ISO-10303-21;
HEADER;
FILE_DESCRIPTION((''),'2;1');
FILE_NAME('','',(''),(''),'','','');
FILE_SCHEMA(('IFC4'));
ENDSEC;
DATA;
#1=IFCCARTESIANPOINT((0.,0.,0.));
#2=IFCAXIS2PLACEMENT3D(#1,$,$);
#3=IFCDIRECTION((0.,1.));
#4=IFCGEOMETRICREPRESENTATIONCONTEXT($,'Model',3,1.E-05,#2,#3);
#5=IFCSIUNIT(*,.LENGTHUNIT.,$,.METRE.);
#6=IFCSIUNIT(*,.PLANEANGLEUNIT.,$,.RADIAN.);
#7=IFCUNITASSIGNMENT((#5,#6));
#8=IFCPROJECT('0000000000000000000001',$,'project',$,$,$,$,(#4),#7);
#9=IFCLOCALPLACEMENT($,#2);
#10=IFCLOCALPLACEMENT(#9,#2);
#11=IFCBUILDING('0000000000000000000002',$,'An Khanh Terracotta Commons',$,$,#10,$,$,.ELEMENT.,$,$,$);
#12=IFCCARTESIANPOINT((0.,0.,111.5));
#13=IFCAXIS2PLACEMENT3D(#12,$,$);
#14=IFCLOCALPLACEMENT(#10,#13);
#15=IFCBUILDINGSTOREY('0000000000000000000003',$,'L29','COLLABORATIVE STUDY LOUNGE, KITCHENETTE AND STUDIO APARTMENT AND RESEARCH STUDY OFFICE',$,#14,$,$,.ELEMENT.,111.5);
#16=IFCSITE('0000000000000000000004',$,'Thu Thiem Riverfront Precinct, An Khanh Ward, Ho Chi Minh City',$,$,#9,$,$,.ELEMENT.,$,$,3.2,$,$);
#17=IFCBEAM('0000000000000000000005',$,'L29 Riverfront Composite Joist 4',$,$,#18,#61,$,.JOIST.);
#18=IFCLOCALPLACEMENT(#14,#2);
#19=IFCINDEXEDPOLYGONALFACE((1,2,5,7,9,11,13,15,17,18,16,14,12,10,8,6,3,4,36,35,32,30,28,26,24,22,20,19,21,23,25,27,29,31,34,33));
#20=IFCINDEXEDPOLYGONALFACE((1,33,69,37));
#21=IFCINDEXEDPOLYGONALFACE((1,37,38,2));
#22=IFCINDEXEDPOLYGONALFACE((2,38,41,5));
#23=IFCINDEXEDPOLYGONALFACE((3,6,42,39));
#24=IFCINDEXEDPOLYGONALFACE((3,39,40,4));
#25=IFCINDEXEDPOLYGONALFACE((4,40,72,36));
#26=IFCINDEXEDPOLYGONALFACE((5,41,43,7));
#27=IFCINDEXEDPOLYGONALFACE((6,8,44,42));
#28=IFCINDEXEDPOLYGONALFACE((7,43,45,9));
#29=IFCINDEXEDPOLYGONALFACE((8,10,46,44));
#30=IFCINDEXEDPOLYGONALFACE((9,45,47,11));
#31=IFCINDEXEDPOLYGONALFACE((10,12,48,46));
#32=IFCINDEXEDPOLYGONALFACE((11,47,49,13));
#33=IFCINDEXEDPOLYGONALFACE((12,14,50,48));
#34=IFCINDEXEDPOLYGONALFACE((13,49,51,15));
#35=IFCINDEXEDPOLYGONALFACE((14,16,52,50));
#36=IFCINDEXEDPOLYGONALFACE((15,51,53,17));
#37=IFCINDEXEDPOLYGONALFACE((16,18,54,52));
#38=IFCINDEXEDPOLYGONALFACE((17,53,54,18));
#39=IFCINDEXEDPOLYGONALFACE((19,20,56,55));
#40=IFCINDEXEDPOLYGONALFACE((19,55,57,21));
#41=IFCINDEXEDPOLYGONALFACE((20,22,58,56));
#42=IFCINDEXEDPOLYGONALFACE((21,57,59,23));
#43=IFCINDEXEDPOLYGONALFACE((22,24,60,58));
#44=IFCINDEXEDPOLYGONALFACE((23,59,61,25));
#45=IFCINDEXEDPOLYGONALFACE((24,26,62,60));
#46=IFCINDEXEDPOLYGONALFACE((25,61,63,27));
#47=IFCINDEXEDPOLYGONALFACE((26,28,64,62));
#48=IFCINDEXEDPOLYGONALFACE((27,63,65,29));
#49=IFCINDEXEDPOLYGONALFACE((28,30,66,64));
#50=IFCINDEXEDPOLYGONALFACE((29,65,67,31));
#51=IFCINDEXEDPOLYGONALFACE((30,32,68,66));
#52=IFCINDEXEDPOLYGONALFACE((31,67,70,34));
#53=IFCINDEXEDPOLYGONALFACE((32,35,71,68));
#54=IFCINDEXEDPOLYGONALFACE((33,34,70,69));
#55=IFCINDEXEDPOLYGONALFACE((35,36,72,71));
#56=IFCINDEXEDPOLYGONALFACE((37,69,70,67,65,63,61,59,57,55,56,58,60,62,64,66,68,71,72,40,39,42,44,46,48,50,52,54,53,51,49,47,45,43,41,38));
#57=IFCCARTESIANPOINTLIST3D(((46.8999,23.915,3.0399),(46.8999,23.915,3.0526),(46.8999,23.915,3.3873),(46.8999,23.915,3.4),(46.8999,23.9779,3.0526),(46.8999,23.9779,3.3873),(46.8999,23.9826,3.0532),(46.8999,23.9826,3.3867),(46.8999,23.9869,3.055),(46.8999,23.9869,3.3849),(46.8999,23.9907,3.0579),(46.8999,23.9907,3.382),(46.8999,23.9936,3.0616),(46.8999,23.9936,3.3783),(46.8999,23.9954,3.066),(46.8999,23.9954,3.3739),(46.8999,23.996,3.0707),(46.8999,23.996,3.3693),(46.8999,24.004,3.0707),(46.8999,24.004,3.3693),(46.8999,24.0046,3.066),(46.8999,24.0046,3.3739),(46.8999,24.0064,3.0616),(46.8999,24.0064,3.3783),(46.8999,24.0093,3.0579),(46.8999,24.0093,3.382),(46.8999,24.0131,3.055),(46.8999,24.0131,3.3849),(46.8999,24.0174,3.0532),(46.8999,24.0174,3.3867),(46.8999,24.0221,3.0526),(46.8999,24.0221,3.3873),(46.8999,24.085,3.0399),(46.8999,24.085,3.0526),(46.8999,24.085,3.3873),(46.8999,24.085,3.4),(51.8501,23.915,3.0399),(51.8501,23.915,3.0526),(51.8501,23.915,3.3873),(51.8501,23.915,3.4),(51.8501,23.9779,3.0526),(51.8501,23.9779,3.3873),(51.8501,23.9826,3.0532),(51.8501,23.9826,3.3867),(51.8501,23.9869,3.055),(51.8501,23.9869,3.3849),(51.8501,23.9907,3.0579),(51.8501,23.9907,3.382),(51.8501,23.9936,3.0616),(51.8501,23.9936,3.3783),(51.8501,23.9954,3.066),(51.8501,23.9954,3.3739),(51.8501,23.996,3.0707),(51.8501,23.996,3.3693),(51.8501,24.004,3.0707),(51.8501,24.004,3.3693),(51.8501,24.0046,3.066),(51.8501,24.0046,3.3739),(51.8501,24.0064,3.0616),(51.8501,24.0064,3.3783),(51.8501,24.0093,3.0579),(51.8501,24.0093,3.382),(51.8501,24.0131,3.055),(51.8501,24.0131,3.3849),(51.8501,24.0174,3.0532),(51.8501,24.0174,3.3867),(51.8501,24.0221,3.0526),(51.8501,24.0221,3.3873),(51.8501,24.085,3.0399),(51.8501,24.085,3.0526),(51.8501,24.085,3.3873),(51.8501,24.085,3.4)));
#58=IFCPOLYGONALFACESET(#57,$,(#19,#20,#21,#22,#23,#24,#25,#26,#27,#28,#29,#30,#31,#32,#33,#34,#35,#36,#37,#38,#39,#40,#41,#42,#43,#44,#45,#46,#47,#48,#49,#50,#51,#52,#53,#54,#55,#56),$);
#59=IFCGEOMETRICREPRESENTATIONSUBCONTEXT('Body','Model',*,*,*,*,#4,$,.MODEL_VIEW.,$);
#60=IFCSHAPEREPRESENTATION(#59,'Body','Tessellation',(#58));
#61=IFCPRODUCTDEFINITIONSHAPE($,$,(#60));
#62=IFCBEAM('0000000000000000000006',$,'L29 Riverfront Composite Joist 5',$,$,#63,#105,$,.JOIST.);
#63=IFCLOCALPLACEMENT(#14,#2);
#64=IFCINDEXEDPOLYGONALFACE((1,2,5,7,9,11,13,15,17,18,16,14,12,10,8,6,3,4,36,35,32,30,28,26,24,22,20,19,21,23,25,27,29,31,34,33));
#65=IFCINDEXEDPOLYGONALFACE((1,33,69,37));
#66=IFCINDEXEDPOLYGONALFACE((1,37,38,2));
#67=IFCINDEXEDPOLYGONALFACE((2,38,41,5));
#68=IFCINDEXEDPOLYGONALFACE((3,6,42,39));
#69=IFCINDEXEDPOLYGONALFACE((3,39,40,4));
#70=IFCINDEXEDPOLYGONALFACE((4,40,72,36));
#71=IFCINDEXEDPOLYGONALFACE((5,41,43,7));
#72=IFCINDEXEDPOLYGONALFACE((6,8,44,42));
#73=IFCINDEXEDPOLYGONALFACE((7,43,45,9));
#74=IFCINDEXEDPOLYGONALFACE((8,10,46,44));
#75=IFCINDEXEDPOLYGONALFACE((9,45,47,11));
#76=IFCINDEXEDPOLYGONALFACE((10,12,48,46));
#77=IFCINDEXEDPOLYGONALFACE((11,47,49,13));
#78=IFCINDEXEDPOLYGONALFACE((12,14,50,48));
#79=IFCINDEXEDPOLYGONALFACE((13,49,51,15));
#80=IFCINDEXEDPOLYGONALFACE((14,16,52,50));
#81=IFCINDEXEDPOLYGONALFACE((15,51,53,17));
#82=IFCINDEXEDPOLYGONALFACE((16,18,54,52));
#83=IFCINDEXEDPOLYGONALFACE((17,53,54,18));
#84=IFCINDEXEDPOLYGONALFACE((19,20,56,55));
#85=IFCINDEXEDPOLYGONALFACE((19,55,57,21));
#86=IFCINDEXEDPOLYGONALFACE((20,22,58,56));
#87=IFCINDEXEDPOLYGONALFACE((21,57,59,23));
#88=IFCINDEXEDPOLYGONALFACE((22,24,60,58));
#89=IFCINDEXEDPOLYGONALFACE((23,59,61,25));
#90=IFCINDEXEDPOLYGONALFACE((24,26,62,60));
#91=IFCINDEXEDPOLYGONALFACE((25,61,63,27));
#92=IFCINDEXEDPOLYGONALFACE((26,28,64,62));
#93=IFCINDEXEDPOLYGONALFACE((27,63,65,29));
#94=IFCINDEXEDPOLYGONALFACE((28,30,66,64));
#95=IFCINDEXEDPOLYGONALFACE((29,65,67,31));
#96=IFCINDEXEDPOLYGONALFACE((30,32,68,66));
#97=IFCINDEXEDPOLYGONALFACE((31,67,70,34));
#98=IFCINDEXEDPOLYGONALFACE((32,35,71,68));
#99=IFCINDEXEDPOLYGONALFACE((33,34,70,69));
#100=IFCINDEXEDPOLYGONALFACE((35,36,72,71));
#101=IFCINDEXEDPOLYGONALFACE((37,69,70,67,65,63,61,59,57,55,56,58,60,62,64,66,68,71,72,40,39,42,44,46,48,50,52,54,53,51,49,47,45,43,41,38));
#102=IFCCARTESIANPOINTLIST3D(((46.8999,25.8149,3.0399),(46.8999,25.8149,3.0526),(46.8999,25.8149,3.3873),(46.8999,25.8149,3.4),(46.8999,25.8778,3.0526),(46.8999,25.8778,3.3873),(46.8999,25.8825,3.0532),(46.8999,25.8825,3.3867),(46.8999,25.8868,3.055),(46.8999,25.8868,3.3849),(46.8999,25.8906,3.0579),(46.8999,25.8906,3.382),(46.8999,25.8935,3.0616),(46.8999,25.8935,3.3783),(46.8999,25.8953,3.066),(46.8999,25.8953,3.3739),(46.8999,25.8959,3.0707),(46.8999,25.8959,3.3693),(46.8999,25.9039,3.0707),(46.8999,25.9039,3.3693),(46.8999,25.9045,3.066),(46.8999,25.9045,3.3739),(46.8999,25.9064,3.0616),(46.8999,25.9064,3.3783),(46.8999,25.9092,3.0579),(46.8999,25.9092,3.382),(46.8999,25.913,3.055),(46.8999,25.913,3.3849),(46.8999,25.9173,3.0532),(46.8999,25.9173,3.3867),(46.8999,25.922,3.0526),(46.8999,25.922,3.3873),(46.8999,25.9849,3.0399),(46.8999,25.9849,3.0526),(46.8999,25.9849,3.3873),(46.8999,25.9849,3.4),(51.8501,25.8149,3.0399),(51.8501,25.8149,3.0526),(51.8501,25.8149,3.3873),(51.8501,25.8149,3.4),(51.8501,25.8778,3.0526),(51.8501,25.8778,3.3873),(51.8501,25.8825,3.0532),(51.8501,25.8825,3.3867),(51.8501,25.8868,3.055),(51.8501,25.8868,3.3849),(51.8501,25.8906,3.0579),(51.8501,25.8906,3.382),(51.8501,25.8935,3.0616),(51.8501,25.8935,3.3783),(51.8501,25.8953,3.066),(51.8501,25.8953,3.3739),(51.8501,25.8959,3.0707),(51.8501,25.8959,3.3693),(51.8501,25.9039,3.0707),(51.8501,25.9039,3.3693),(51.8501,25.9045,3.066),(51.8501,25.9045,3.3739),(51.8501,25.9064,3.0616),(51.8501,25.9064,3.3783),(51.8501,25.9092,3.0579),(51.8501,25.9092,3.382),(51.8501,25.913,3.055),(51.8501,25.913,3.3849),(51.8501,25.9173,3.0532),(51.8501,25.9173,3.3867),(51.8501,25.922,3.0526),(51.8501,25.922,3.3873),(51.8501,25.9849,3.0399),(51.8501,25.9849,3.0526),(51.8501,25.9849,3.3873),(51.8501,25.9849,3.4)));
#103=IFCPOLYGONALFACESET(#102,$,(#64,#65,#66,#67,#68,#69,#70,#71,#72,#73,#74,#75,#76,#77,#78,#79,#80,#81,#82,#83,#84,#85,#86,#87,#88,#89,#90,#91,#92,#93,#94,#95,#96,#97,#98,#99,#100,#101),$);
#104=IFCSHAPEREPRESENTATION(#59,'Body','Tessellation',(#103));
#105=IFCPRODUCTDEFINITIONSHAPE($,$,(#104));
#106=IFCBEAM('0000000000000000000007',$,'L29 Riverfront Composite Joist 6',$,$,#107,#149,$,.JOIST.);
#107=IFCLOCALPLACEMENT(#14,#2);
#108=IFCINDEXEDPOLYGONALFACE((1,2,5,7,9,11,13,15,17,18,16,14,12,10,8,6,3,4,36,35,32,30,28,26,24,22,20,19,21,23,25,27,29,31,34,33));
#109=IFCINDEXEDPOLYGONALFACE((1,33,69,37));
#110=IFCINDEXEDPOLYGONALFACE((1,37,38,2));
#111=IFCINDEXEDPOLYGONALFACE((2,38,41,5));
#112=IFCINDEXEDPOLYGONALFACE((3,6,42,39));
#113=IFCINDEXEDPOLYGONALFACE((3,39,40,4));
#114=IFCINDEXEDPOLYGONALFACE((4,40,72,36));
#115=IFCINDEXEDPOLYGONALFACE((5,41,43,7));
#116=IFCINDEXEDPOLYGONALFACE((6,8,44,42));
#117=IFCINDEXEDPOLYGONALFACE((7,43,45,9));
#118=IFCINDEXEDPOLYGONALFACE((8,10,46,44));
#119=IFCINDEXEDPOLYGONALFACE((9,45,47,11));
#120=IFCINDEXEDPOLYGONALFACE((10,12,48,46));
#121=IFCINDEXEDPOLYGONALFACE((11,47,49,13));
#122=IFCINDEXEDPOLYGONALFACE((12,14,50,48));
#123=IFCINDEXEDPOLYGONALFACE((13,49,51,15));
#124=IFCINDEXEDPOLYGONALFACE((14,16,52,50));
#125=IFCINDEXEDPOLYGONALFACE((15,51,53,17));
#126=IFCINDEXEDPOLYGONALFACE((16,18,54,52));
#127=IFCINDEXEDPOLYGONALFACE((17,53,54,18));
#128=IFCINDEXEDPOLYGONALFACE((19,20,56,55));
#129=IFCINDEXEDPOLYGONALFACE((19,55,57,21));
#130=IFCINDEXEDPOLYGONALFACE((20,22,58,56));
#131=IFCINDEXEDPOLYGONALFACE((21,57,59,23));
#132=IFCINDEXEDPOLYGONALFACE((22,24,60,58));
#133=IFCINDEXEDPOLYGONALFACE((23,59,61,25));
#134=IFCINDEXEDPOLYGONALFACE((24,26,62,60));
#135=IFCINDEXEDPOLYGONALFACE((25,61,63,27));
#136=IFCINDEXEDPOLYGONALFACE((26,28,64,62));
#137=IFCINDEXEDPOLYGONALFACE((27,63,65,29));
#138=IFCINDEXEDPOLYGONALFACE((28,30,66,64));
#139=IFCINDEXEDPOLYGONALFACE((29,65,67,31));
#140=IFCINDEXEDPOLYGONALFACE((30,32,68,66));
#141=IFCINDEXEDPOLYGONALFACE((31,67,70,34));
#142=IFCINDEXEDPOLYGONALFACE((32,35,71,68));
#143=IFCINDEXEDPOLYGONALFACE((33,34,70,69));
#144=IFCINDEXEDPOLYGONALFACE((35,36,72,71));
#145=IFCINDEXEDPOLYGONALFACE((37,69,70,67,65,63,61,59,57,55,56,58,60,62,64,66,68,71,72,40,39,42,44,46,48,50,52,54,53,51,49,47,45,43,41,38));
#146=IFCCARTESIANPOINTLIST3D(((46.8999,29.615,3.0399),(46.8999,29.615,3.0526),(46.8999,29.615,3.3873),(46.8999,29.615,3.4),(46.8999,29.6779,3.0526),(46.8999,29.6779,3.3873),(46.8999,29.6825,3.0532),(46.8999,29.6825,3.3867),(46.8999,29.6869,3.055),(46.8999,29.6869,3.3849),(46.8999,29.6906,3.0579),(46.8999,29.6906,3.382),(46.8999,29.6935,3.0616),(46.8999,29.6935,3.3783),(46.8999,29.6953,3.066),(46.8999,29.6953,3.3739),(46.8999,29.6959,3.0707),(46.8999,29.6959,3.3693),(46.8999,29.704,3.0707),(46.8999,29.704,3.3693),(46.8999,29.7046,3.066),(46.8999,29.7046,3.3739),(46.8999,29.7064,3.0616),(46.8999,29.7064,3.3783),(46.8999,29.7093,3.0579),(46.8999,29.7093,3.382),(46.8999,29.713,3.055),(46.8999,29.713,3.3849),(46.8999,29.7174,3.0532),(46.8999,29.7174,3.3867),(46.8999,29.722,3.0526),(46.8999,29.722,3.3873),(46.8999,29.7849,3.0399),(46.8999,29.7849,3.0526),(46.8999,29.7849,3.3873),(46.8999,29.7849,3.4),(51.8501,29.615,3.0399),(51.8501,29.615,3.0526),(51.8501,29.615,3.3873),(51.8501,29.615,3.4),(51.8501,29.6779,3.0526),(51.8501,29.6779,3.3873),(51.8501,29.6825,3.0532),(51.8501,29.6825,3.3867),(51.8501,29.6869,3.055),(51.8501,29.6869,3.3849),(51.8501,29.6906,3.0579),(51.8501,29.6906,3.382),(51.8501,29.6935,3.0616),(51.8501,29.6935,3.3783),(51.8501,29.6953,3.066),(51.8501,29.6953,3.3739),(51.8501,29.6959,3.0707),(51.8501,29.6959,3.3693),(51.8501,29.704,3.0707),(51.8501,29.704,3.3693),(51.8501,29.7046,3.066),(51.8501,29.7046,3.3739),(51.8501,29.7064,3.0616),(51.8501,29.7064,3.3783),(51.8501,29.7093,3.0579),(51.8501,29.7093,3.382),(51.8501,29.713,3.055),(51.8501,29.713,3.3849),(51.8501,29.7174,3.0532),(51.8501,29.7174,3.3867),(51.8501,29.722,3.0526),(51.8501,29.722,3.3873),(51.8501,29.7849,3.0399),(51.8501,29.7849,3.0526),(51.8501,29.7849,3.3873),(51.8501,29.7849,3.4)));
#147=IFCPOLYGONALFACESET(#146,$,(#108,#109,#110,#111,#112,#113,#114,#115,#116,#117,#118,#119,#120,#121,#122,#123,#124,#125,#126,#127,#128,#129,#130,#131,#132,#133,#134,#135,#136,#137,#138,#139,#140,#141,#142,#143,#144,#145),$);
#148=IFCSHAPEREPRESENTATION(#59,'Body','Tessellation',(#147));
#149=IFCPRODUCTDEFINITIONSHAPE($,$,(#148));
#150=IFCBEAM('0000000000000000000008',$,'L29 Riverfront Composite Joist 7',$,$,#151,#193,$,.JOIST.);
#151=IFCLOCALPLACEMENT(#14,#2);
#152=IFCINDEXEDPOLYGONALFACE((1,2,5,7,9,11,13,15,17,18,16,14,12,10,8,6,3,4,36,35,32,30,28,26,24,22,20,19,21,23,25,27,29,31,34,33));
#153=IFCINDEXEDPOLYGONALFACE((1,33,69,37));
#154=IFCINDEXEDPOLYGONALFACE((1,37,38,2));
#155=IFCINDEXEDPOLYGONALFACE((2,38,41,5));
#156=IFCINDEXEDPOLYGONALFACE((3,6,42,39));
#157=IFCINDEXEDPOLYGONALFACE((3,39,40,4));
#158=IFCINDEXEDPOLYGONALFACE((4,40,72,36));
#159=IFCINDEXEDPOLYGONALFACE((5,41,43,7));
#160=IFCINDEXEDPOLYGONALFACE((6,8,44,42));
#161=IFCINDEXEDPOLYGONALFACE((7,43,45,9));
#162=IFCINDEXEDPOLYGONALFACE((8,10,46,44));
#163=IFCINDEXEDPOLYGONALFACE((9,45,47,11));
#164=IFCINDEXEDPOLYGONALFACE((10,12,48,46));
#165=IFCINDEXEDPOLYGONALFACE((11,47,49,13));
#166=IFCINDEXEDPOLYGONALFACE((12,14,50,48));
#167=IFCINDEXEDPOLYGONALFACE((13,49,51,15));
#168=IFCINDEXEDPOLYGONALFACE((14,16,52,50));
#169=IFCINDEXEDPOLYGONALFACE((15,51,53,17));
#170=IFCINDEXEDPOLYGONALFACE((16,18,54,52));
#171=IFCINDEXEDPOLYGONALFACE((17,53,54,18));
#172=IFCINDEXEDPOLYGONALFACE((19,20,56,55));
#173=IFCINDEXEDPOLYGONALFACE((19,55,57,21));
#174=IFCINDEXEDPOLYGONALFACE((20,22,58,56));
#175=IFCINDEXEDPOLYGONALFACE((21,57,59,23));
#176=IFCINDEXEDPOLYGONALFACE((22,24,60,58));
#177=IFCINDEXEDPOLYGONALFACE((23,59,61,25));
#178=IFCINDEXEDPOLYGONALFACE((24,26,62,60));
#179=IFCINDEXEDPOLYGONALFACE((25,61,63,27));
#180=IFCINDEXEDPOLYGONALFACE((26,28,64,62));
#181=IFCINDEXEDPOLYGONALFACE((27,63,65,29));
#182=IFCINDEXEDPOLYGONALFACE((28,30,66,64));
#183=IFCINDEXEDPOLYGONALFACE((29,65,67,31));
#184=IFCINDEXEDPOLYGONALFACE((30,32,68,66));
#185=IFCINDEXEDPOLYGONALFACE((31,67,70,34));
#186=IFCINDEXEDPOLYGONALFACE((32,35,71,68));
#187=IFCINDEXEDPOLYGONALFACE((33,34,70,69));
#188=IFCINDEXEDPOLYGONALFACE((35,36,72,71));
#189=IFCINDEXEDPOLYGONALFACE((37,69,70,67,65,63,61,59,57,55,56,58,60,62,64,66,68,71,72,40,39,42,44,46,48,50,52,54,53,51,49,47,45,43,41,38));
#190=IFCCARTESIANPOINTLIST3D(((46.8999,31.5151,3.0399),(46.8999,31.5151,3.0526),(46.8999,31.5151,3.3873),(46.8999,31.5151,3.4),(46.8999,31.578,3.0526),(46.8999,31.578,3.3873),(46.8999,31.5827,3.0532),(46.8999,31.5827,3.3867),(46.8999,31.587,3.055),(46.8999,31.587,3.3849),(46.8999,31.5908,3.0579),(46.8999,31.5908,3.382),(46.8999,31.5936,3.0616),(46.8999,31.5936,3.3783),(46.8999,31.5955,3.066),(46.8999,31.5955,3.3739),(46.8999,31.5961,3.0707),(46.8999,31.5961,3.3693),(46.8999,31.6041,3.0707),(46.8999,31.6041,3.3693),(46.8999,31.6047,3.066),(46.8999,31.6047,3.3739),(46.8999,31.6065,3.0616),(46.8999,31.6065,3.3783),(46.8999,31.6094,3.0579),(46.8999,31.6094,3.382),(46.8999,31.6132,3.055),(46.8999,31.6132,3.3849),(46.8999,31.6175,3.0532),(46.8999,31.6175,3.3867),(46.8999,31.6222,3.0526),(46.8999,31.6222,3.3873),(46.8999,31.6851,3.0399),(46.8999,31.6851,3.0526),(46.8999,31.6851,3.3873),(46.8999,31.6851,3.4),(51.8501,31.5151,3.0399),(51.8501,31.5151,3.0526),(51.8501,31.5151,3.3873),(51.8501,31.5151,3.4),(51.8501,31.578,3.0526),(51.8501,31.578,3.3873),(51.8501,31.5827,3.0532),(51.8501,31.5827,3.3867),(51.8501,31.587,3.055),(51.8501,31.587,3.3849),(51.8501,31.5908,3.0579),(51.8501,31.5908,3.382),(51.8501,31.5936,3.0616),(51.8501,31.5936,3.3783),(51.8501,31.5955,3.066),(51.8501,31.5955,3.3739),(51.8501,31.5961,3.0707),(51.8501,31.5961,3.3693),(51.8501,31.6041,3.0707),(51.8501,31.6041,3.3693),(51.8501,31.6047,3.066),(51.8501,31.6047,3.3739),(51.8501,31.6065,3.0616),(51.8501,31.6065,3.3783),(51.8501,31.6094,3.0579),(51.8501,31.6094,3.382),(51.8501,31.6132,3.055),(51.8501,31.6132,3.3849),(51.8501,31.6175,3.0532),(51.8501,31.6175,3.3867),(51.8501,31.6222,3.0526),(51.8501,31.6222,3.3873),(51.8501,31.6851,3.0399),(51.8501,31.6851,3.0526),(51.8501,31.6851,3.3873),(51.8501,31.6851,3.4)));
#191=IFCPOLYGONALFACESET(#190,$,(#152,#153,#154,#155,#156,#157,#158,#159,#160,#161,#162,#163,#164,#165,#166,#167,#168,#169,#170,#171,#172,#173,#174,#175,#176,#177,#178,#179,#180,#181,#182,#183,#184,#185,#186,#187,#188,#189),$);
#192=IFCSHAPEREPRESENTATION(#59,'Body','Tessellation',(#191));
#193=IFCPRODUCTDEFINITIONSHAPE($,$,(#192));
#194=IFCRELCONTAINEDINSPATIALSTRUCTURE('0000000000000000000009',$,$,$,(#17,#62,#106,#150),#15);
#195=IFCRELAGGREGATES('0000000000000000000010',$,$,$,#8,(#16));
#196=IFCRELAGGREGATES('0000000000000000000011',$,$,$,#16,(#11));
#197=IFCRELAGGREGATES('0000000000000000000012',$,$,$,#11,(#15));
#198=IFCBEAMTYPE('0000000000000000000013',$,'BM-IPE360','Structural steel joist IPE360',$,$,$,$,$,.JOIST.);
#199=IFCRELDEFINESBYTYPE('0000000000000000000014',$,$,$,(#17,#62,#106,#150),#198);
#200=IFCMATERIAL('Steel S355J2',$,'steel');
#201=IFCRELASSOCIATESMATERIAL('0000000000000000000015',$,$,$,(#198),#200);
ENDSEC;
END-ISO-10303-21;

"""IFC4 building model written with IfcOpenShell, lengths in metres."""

from ifc_helpers import new_model, si_unit, direction, frame, origin, origin_2d, place, context, subcontext, project, spatial, i_section, extrude, material, material_profile, profile_set, type_object, element, save


model = new_model("IFC4")

# Units and contexts
model_context = context("Model", 3, precision=1e-05, world=origin(), true_north=direction((0.0, 1.0)))
body_context = subcontext(model_context, "Body", "Model", "MODEL_VIEW")
ifc_project = project(units=[si_unit("LENGTHUNIT", "METRE"), si_unit("PLANEANGLEUNIT", "RADIAN")], contexts=[model_context])

# Site, building, storey
site_placement = place(None, origin())
site = spatial("IfcSite", under=ifc_project, at=site_placement, Name="Thu Thiem Riverfront Precinct, An Khanh Ward, Ho Chi Minh City", CompositionType="ELEMENT", RefElevation=3.2)
building_placement = place(site_placement, origin())
building = spatial("IfcBuilding", under=site, at=building_placement, Name="An Khanh Terracotta Commons", CompositionType="ELEMENT")
storey_placement = place(building_placement, frame((0.0, 0.0, 111.5)))
storey = spatial("IfcBuildingStorey", under=building, at=storey_placement, Name="L29", Description="COLLABORATIVE STUDY LOUNGE, KITCHENETTE AND STUDIO APARTMENT AND RESEARCH STUDY OFFICE", CompositionType="ELEMENT", Elevation=111.5)

# Beams
ifc_material_1 = material(Name="Steel S355J2", Category="steel")
ifc_material_profile_1 = material_profile(ifc_material_1, i_section(OverallWidth=0.1699, OverallDepth=0.3601, WebThickness=0.0081, FlangeThickness=0.0127, FilletRadius=0.0181, at=origin_2d()), Name="IPE360")
ifc_profile_set_1 = profile_set([ifc_material_profile_1], Name="Steel S355J2")
beam_type_1 = type_object("IfcBeamType", Name="BM-IPE360", Description="Structural steel joist IPE360", PredefinedType="JOIST", material=ifc_profile_set_1)
for number, where, z_axis, x_axis, name in (
    (1, (46.8999, 24.0, 3.22), (1.0, 0.0, 0.0), (0.0, 1.0, 0.0), "L29 Riverfront Composite Joist 4"),
    (2, (46.8999, 25.8999, 3.22), (1.0, 0.0, 0.0), (0.0, 1.0, 0.0), "L29 Riverfront Composite Joist 5"),
    (3, (46.8999, 29.7, 3.22), (1.0, 0.0, 0.0), (0.0, 1.0, 0.0), "L29 Riverfront Composite Joist 6"),
    (4, (46.8999, 31.6001, 3.22), (1.0, 0.0, 0.0), (0.0, 1.0, 0.0), "L29 Riverfront Composite Joist 7"),
):
    element("IfcBeam", number, at=place(storey_placement, frame(where, z_axis=z_axis, x_axis=x_axis)), inside=storey, type_object=beam_type_1, Name=name, PredefinedType="JOIST", context=body_context, shape_type="SweptSolid", body=[
        extrude(i_section(OverallWidth=0.1699, OverallDepth=0.3601, WebThickness=0.0081, FlangeThickness=0.0127, FilletRadius=0.0181, at=origin_2d()), origin(), (0.0, 0.0, 1.0), 4.9502),
    ])

save(model, "model.ifc")
